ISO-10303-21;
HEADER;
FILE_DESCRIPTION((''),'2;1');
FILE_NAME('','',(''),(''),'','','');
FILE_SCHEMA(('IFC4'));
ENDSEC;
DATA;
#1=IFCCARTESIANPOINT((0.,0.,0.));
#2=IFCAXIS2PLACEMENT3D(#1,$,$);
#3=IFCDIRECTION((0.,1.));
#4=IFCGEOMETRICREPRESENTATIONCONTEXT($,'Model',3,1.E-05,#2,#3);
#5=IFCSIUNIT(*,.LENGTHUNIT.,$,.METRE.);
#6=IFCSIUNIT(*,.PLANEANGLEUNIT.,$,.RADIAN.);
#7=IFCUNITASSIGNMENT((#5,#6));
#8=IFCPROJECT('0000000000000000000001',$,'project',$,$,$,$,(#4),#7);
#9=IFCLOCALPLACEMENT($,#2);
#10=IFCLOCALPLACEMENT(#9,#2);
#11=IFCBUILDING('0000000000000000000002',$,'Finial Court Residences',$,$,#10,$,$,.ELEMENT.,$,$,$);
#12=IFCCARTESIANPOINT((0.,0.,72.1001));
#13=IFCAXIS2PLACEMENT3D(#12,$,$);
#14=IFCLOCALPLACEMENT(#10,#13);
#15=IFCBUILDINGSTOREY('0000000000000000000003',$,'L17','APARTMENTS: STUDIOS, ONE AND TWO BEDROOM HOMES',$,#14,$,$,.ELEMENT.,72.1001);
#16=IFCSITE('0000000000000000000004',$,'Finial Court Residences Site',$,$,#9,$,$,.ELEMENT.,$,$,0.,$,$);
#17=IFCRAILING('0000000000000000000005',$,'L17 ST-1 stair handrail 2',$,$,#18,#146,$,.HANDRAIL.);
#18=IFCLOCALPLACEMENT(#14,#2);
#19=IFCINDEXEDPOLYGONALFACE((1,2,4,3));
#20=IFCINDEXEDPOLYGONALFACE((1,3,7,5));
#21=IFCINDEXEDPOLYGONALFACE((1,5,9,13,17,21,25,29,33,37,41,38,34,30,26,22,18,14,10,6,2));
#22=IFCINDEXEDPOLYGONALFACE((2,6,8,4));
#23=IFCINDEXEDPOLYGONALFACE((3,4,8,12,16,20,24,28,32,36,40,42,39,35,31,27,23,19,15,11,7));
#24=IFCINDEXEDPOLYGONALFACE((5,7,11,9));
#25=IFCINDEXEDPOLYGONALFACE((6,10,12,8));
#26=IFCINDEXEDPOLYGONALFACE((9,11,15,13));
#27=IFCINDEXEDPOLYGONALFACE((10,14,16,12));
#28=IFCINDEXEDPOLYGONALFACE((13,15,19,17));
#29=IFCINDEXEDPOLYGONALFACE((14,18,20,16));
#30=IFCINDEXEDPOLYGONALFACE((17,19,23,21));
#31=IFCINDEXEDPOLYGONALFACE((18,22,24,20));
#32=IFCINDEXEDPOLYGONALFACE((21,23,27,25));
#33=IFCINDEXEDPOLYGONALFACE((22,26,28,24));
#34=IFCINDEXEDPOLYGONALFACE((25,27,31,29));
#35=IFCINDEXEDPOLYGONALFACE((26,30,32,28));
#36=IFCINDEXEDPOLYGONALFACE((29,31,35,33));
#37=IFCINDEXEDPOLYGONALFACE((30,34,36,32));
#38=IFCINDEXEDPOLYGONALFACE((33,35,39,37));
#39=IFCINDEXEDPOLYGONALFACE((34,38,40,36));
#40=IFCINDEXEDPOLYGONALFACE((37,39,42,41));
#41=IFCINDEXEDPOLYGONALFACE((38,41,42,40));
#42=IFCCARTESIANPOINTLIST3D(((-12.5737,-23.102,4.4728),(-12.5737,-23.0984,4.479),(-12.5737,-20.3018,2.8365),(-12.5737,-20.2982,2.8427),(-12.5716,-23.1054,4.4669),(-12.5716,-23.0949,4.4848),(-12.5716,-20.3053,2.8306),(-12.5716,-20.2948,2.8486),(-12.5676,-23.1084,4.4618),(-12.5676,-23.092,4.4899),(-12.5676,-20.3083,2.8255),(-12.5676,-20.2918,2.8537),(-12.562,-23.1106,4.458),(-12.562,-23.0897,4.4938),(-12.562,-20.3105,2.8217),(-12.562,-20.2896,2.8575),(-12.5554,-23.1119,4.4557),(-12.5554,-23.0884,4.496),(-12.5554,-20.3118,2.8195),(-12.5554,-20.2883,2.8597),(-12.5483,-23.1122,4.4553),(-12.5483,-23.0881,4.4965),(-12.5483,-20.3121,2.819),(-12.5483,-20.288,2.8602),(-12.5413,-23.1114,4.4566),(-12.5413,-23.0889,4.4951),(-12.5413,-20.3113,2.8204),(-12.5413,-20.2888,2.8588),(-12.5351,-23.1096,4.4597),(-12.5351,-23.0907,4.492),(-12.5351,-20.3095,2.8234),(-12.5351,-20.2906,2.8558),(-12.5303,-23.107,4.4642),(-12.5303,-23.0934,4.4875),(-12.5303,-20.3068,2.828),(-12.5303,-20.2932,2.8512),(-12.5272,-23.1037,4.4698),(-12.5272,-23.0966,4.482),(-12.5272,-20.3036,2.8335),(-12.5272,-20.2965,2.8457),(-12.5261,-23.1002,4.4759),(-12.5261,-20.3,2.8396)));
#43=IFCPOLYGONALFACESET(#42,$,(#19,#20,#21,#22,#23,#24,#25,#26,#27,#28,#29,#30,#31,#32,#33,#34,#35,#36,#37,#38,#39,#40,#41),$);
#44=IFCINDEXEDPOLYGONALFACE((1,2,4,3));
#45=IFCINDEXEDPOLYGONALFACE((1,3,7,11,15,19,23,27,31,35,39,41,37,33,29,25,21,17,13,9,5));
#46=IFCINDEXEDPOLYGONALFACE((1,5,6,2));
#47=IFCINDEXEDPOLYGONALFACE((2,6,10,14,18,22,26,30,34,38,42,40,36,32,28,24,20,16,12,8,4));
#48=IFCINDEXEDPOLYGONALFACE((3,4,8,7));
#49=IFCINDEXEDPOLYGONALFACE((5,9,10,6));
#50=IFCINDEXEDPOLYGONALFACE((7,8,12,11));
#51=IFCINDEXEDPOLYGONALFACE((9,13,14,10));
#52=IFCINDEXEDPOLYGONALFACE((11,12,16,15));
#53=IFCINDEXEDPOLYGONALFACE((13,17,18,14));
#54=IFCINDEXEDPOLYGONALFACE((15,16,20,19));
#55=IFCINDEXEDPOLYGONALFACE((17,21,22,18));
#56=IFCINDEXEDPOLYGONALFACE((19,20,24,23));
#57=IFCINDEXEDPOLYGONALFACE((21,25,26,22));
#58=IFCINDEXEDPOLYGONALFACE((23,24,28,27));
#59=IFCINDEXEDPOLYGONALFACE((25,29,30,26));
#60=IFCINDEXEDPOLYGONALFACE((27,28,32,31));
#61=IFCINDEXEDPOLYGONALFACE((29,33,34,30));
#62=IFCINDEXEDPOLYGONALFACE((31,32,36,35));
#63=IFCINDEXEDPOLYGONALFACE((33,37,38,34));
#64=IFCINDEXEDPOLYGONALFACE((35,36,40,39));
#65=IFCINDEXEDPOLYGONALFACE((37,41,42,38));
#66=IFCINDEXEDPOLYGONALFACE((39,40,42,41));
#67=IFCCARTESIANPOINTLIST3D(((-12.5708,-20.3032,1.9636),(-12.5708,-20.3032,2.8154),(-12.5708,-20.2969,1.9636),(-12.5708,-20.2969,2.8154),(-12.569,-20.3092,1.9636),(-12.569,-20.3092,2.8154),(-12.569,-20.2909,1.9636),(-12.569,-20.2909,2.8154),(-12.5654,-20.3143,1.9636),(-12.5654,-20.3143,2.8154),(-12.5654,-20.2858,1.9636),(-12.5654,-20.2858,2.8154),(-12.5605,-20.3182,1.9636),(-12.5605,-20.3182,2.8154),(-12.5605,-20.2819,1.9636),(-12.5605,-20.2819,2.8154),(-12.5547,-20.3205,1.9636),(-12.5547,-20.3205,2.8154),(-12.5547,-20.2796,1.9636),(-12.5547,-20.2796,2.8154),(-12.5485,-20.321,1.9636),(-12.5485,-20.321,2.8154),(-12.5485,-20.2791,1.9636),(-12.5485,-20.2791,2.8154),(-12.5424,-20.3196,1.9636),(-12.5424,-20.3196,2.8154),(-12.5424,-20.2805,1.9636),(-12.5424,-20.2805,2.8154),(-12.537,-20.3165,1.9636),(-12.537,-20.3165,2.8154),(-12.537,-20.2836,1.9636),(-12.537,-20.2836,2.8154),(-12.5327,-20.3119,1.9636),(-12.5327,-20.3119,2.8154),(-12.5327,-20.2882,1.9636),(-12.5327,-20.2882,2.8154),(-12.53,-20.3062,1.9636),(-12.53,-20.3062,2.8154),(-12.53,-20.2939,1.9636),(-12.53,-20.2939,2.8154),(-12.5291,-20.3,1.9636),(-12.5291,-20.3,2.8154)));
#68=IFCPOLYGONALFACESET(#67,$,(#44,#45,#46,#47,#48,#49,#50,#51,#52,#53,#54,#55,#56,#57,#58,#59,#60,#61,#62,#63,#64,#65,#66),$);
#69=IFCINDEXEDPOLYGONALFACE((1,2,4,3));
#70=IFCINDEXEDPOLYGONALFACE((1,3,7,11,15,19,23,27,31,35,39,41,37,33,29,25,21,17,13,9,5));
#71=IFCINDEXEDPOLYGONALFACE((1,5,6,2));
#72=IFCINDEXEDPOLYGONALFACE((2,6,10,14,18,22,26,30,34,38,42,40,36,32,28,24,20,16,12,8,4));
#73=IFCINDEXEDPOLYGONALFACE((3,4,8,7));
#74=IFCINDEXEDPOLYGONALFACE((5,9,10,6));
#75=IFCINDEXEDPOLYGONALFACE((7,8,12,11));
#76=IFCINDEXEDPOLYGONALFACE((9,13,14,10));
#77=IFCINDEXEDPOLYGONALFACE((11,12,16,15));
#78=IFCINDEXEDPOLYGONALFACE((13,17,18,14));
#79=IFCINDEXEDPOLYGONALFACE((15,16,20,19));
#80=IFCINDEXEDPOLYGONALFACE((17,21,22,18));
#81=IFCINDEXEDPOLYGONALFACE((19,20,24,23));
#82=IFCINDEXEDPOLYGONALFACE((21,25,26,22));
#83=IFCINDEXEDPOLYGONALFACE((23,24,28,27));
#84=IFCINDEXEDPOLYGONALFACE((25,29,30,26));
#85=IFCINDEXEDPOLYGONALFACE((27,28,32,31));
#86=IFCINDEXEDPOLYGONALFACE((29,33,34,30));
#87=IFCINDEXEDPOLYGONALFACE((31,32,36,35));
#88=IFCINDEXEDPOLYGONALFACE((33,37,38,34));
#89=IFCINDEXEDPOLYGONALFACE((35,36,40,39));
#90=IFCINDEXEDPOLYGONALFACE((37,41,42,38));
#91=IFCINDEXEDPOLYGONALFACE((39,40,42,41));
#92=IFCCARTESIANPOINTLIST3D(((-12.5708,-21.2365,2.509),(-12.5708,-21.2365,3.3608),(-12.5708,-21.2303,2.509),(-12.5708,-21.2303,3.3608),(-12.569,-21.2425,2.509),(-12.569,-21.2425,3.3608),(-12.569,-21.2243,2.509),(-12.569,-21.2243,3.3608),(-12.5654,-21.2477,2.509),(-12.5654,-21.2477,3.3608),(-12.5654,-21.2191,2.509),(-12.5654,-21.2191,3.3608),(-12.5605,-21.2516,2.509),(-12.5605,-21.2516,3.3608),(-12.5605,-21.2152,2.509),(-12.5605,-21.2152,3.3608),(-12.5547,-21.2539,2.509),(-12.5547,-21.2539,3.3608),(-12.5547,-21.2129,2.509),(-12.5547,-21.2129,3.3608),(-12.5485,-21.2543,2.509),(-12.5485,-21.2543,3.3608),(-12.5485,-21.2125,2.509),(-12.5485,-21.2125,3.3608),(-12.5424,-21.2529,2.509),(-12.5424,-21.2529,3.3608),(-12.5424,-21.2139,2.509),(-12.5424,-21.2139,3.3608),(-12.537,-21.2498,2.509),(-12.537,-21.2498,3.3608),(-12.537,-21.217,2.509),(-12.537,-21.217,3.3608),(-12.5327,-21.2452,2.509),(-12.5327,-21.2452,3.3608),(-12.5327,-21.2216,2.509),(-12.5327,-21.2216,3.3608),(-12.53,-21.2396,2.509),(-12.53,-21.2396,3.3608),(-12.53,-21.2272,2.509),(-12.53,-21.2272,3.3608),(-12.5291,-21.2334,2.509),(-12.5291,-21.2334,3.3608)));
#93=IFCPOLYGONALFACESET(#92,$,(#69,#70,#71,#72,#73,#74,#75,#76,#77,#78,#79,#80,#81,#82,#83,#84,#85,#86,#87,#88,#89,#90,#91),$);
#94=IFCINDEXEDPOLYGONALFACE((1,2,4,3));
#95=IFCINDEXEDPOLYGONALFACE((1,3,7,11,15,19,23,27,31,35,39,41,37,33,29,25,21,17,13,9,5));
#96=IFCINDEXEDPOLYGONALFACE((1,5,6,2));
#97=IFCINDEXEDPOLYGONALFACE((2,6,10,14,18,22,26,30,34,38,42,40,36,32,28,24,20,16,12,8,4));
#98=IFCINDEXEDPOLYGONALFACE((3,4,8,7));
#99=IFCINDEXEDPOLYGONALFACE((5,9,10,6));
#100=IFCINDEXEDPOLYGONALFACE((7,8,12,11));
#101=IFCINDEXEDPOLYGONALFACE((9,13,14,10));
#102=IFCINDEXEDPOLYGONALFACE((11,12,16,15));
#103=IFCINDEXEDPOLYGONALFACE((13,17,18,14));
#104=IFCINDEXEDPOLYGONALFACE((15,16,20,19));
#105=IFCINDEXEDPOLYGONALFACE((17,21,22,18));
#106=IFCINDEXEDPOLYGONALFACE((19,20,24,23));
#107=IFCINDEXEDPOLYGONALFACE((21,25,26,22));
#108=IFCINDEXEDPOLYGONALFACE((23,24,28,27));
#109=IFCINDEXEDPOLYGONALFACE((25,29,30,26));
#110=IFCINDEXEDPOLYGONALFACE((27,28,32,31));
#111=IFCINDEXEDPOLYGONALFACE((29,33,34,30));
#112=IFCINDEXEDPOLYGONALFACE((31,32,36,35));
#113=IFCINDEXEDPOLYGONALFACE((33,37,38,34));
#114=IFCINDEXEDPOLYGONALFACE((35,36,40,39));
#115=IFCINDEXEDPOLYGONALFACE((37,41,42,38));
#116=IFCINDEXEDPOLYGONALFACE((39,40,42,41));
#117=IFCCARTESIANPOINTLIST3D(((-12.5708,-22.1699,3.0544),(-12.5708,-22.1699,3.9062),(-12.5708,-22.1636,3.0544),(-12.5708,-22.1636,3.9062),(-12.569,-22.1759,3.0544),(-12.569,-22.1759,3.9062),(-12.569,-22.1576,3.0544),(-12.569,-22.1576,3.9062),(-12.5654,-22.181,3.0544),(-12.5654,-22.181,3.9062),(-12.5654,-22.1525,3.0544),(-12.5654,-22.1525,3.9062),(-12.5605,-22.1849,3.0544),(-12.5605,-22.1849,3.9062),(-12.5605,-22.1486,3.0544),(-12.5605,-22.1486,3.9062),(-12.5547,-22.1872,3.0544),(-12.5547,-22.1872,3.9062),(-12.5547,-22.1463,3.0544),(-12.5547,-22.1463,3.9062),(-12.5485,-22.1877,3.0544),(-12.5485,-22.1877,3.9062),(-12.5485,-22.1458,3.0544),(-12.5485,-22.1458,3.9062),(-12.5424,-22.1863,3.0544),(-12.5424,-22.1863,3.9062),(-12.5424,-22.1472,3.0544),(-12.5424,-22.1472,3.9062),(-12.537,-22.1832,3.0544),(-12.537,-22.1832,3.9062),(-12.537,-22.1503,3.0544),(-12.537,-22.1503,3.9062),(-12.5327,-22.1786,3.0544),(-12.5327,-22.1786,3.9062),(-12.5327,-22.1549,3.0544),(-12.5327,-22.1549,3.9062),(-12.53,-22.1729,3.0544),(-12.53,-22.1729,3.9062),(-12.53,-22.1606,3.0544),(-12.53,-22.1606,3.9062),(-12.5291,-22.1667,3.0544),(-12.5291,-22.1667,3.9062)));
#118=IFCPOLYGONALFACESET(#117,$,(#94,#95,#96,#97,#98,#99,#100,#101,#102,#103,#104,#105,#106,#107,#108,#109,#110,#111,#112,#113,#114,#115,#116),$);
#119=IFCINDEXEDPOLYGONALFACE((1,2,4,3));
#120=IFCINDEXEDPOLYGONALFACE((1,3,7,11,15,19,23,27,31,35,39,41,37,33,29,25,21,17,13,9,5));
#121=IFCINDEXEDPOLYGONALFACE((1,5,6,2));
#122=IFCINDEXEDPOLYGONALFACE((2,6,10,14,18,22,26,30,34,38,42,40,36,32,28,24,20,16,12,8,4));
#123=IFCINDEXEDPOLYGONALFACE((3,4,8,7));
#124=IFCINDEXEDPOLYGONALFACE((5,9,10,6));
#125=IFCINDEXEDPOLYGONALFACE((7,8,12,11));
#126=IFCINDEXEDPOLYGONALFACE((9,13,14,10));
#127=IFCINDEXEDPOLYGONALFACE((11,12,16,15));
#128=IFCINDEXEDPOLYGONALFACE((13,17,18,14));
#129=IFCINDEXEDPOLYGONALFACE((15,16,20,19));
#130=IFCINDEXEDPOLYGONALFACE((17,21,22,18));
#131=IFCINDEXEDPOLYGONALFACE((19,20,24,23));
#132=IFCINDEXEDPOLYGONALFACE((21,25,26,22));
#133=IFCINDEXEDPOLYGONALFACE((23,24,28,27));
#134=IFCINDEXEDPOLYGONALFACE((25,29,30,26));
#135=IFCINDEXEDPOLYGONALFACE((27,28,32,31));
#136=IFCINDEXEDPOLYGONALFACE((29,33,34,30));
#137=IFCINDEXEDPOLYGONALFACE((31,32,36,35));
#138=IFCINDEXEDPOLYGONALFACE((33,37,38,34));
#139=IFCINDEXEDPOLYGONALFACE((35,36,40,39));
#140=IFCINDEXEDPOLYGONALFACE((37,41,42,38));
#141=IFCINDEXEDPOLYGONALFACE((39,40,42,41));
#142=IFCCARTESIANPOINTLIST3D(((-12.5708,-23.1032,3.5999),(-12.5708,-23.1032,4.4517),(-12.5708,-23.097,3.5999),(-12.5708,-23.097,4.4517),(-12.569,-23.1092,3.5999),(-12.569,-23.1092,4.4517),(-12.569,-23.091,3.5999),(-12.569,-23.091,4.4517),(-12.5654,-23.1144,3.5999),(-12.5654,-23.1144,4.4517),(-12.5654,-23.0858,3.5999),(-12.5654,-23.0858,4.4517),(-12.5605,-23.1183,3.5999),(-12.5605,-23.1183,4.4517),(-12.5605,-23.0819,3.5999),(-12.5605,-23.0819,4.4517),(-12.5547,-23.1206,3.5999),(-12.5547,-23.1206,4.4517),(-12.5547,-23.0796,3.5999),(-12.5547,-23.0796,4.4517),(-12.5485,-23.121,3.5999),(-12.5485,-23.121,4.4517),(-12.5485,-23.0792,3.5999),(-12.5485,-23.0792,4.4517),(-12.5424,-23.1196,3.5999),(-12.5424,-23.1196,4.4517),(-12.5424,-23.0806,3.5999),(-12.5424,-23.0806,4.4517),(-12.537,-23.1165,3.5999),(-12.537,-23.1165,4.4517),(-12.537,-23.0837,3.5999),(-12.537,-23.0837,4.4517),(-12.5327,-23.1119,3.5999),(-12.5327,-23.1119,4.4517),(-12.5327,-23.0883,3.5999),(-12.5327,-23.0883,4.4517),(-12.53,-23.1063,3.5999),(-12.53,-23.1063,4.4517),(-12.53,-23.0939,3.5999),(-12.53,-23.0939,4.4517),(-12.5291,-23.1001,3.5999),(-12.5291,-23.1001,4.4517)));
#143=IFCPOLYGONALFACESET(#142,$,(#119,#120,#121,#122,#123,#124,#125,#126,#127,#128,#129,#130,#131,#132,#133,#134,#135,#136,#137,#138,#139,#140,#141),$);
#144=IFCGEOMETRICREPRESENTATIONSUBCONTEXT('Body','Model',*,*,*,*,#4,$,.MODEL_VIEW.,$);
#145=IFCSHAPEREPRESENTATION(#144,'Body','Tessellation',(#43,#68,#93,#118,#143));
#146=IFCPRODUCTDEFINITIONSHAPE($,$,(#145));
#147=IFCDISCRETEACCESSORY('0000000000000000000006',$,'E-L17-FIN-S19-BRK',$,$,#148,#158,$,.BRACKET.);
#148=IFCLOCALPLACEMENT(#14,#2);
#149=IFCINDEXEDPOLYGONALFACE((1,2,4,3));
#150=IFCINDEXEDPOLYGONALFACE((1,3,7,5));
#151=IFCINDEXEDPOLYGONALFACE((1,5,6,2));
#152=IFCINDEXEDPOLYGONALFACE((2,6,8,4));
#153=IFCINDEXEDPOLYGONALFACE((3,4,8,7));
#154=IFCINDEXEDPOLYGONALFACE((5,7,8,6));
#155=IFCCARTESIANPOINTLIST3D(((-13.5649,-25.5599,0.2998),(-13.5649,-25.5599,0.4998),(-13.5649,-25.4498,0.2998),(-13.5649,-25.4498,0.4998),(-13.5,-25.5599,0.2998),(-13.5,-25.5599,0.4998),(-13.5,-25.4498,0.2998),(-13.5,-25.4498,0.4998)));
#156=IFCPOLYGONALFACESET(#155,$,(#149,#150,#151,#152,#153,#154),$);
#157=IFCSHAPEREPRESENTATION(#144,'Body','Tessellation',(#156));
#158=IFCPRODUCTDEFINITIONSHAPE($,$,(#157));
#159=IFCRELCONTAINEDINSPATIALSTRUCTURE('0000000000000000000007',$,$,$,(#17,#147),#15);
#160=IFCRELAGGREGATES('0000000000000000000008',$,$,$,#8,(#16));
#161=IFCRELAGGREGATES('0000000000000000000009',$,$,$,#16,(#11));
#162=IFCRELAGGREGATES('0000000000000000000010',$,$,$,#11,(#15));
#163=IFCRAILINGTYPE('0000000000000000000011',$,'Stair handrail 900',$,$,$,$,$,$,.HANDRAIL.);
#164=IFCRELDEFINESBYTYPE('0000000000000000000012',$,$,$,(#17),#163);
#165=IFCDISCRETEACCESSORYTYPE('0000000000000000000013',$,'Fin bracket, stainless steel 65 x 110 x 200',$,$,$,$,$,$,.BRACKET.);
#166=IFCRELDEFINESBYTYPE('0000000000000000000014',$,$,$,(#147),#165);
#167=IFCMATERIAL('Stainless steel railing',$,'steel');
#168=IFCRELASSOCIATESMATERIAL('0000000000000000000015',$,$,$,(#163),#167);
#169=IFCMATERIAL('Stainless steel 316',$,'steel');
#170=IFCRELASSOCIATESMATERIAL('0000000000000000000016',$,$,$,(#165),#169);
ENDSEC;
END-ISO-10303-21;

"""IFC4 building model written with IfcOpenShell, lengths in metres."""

from ifc_helpers import new_model, si_unit, direction, frame, origin, origin_2d, place, context, subcontext, project, spatial, rectangle, circle, extrude, material, type_object, element, save


model = new_model("IFC4")

# Units and contexts
model_context = context("Model", 3, precision=1e-05, world=origin(), true_north=direction((0.0, 1.0)))
body_context = subcontext(model_context, "Body", "Model", "MODEL_VIEW")
ifc_project = project(units=[si_unit("LENGTHUNIT", "METRE"), si_unit("PLANEANGLEUNIT", "RADIAN")], contexts=[model_context])

# Site, building, storey
site_placement = place(None, origin())
site = spatial("IfcSite", under=ifc_project, at=site_placement, Name="Finial Court Residences Site", CompositionType="ELEMENT", RefElevation=0.0)
building_placement = place(site_placement, origin())
building = spatial("IfcBuilding", under=site, at=building_placement, Name="Finial Court Residences", CompositionType="ELEMENT")
storey_placement = place(building_placement, frame((0.0, 0.0, 72.1001)))
storey = spatial("IfcBuildingStorey", under=building, at=storey_placement, Name="L17", Description="APARTMENTS: STUDIOS, ONE AND TWO BEDROOM HOMES", CompositionType="ELEMENT", Elevation=72.1001)

# Railing
ifc_material_1 = material(Name="Stainless steel railing", Category="steel")
railing_type_1 = type_object("IfcRailingType", Name="Stair handrail 900", PredefinedType="HANDRAIL", material=ifc_material_1)
railing_1_placement = place(storey_placement, frame((-12.55, -20.3, 1.9636)))
element("IfcRailing", 1, at=railing_1_placement, inside=storey, type_object=railing_type_1, Name="L17 ST-1 stair handrail 2", PredefinedType="HANDRAIL", context=body_context, shape_type="SweptSolid", body=[
    extrude(circle(Radius=0.0239, at=origin_2d()), frame((0.0, 0.0, 0.876), z_axis=(0.0, -0.863394, 0.504531), x_axis=(1.0, 0.0, 0.0)), (0.0, 0.0, 1.0), 3.2432),
    extrude(circle(Radius=0.021, at=origin_2d()), origin(), (0.0, 0.0, 1.0), 0.8518),
    extrude(circle(Radius=0.021, at=origin_2d()), frame((0.0, -0.9333, 0.5454)), (0.0, 0.0, 1.0), 0.8518),
    extrude(circle(Radius=0.021, at=origin_2d()), frame((0.0, -1.8667, 1.0908)), (0.0, 0.0, 1.0), 0.8518),
    extrude(circle(Radius=0.021, at=origin_2d()), frame((0.0, -2.8, 1.6362)), (0.0, 0.0, 1.0), 0.8518),
])

# Discrete accessory
ifc_material_2 = material(Name="Stainless steel 316", Category="steel")
discrete_accessory_type = type_object("IfcDiscreteAccessoryType", Name="Fin bracket, stainless steel 65 x 110 x 200", PredefinedType="BRACKET", material=ifc_material_2)
discrete_accessory_placement = place(storey_placement, frame((-13.5325, -25.5049, 0.2998), z_axis=(0.0, 0.0, 1.0), x_axis=(1.0, 0.0, 0.0)))
element("IfcDiscreteAccessory", 2, at=discrete_accessory_placement, inside=storey, type_object=discrete_accessory_type, Name="E-L17-FIN-S19-BRK", PredefinedType="BRACKET", context=body_context, shape_type="SweptSolid", body=[
    extrude(rectangle(XDim=0.0649, YDim=0.1101, at=origin_2d()), origin(), (0.0, 0.0, 1.0), 0.2),
])

save(model, "model.ifc")
